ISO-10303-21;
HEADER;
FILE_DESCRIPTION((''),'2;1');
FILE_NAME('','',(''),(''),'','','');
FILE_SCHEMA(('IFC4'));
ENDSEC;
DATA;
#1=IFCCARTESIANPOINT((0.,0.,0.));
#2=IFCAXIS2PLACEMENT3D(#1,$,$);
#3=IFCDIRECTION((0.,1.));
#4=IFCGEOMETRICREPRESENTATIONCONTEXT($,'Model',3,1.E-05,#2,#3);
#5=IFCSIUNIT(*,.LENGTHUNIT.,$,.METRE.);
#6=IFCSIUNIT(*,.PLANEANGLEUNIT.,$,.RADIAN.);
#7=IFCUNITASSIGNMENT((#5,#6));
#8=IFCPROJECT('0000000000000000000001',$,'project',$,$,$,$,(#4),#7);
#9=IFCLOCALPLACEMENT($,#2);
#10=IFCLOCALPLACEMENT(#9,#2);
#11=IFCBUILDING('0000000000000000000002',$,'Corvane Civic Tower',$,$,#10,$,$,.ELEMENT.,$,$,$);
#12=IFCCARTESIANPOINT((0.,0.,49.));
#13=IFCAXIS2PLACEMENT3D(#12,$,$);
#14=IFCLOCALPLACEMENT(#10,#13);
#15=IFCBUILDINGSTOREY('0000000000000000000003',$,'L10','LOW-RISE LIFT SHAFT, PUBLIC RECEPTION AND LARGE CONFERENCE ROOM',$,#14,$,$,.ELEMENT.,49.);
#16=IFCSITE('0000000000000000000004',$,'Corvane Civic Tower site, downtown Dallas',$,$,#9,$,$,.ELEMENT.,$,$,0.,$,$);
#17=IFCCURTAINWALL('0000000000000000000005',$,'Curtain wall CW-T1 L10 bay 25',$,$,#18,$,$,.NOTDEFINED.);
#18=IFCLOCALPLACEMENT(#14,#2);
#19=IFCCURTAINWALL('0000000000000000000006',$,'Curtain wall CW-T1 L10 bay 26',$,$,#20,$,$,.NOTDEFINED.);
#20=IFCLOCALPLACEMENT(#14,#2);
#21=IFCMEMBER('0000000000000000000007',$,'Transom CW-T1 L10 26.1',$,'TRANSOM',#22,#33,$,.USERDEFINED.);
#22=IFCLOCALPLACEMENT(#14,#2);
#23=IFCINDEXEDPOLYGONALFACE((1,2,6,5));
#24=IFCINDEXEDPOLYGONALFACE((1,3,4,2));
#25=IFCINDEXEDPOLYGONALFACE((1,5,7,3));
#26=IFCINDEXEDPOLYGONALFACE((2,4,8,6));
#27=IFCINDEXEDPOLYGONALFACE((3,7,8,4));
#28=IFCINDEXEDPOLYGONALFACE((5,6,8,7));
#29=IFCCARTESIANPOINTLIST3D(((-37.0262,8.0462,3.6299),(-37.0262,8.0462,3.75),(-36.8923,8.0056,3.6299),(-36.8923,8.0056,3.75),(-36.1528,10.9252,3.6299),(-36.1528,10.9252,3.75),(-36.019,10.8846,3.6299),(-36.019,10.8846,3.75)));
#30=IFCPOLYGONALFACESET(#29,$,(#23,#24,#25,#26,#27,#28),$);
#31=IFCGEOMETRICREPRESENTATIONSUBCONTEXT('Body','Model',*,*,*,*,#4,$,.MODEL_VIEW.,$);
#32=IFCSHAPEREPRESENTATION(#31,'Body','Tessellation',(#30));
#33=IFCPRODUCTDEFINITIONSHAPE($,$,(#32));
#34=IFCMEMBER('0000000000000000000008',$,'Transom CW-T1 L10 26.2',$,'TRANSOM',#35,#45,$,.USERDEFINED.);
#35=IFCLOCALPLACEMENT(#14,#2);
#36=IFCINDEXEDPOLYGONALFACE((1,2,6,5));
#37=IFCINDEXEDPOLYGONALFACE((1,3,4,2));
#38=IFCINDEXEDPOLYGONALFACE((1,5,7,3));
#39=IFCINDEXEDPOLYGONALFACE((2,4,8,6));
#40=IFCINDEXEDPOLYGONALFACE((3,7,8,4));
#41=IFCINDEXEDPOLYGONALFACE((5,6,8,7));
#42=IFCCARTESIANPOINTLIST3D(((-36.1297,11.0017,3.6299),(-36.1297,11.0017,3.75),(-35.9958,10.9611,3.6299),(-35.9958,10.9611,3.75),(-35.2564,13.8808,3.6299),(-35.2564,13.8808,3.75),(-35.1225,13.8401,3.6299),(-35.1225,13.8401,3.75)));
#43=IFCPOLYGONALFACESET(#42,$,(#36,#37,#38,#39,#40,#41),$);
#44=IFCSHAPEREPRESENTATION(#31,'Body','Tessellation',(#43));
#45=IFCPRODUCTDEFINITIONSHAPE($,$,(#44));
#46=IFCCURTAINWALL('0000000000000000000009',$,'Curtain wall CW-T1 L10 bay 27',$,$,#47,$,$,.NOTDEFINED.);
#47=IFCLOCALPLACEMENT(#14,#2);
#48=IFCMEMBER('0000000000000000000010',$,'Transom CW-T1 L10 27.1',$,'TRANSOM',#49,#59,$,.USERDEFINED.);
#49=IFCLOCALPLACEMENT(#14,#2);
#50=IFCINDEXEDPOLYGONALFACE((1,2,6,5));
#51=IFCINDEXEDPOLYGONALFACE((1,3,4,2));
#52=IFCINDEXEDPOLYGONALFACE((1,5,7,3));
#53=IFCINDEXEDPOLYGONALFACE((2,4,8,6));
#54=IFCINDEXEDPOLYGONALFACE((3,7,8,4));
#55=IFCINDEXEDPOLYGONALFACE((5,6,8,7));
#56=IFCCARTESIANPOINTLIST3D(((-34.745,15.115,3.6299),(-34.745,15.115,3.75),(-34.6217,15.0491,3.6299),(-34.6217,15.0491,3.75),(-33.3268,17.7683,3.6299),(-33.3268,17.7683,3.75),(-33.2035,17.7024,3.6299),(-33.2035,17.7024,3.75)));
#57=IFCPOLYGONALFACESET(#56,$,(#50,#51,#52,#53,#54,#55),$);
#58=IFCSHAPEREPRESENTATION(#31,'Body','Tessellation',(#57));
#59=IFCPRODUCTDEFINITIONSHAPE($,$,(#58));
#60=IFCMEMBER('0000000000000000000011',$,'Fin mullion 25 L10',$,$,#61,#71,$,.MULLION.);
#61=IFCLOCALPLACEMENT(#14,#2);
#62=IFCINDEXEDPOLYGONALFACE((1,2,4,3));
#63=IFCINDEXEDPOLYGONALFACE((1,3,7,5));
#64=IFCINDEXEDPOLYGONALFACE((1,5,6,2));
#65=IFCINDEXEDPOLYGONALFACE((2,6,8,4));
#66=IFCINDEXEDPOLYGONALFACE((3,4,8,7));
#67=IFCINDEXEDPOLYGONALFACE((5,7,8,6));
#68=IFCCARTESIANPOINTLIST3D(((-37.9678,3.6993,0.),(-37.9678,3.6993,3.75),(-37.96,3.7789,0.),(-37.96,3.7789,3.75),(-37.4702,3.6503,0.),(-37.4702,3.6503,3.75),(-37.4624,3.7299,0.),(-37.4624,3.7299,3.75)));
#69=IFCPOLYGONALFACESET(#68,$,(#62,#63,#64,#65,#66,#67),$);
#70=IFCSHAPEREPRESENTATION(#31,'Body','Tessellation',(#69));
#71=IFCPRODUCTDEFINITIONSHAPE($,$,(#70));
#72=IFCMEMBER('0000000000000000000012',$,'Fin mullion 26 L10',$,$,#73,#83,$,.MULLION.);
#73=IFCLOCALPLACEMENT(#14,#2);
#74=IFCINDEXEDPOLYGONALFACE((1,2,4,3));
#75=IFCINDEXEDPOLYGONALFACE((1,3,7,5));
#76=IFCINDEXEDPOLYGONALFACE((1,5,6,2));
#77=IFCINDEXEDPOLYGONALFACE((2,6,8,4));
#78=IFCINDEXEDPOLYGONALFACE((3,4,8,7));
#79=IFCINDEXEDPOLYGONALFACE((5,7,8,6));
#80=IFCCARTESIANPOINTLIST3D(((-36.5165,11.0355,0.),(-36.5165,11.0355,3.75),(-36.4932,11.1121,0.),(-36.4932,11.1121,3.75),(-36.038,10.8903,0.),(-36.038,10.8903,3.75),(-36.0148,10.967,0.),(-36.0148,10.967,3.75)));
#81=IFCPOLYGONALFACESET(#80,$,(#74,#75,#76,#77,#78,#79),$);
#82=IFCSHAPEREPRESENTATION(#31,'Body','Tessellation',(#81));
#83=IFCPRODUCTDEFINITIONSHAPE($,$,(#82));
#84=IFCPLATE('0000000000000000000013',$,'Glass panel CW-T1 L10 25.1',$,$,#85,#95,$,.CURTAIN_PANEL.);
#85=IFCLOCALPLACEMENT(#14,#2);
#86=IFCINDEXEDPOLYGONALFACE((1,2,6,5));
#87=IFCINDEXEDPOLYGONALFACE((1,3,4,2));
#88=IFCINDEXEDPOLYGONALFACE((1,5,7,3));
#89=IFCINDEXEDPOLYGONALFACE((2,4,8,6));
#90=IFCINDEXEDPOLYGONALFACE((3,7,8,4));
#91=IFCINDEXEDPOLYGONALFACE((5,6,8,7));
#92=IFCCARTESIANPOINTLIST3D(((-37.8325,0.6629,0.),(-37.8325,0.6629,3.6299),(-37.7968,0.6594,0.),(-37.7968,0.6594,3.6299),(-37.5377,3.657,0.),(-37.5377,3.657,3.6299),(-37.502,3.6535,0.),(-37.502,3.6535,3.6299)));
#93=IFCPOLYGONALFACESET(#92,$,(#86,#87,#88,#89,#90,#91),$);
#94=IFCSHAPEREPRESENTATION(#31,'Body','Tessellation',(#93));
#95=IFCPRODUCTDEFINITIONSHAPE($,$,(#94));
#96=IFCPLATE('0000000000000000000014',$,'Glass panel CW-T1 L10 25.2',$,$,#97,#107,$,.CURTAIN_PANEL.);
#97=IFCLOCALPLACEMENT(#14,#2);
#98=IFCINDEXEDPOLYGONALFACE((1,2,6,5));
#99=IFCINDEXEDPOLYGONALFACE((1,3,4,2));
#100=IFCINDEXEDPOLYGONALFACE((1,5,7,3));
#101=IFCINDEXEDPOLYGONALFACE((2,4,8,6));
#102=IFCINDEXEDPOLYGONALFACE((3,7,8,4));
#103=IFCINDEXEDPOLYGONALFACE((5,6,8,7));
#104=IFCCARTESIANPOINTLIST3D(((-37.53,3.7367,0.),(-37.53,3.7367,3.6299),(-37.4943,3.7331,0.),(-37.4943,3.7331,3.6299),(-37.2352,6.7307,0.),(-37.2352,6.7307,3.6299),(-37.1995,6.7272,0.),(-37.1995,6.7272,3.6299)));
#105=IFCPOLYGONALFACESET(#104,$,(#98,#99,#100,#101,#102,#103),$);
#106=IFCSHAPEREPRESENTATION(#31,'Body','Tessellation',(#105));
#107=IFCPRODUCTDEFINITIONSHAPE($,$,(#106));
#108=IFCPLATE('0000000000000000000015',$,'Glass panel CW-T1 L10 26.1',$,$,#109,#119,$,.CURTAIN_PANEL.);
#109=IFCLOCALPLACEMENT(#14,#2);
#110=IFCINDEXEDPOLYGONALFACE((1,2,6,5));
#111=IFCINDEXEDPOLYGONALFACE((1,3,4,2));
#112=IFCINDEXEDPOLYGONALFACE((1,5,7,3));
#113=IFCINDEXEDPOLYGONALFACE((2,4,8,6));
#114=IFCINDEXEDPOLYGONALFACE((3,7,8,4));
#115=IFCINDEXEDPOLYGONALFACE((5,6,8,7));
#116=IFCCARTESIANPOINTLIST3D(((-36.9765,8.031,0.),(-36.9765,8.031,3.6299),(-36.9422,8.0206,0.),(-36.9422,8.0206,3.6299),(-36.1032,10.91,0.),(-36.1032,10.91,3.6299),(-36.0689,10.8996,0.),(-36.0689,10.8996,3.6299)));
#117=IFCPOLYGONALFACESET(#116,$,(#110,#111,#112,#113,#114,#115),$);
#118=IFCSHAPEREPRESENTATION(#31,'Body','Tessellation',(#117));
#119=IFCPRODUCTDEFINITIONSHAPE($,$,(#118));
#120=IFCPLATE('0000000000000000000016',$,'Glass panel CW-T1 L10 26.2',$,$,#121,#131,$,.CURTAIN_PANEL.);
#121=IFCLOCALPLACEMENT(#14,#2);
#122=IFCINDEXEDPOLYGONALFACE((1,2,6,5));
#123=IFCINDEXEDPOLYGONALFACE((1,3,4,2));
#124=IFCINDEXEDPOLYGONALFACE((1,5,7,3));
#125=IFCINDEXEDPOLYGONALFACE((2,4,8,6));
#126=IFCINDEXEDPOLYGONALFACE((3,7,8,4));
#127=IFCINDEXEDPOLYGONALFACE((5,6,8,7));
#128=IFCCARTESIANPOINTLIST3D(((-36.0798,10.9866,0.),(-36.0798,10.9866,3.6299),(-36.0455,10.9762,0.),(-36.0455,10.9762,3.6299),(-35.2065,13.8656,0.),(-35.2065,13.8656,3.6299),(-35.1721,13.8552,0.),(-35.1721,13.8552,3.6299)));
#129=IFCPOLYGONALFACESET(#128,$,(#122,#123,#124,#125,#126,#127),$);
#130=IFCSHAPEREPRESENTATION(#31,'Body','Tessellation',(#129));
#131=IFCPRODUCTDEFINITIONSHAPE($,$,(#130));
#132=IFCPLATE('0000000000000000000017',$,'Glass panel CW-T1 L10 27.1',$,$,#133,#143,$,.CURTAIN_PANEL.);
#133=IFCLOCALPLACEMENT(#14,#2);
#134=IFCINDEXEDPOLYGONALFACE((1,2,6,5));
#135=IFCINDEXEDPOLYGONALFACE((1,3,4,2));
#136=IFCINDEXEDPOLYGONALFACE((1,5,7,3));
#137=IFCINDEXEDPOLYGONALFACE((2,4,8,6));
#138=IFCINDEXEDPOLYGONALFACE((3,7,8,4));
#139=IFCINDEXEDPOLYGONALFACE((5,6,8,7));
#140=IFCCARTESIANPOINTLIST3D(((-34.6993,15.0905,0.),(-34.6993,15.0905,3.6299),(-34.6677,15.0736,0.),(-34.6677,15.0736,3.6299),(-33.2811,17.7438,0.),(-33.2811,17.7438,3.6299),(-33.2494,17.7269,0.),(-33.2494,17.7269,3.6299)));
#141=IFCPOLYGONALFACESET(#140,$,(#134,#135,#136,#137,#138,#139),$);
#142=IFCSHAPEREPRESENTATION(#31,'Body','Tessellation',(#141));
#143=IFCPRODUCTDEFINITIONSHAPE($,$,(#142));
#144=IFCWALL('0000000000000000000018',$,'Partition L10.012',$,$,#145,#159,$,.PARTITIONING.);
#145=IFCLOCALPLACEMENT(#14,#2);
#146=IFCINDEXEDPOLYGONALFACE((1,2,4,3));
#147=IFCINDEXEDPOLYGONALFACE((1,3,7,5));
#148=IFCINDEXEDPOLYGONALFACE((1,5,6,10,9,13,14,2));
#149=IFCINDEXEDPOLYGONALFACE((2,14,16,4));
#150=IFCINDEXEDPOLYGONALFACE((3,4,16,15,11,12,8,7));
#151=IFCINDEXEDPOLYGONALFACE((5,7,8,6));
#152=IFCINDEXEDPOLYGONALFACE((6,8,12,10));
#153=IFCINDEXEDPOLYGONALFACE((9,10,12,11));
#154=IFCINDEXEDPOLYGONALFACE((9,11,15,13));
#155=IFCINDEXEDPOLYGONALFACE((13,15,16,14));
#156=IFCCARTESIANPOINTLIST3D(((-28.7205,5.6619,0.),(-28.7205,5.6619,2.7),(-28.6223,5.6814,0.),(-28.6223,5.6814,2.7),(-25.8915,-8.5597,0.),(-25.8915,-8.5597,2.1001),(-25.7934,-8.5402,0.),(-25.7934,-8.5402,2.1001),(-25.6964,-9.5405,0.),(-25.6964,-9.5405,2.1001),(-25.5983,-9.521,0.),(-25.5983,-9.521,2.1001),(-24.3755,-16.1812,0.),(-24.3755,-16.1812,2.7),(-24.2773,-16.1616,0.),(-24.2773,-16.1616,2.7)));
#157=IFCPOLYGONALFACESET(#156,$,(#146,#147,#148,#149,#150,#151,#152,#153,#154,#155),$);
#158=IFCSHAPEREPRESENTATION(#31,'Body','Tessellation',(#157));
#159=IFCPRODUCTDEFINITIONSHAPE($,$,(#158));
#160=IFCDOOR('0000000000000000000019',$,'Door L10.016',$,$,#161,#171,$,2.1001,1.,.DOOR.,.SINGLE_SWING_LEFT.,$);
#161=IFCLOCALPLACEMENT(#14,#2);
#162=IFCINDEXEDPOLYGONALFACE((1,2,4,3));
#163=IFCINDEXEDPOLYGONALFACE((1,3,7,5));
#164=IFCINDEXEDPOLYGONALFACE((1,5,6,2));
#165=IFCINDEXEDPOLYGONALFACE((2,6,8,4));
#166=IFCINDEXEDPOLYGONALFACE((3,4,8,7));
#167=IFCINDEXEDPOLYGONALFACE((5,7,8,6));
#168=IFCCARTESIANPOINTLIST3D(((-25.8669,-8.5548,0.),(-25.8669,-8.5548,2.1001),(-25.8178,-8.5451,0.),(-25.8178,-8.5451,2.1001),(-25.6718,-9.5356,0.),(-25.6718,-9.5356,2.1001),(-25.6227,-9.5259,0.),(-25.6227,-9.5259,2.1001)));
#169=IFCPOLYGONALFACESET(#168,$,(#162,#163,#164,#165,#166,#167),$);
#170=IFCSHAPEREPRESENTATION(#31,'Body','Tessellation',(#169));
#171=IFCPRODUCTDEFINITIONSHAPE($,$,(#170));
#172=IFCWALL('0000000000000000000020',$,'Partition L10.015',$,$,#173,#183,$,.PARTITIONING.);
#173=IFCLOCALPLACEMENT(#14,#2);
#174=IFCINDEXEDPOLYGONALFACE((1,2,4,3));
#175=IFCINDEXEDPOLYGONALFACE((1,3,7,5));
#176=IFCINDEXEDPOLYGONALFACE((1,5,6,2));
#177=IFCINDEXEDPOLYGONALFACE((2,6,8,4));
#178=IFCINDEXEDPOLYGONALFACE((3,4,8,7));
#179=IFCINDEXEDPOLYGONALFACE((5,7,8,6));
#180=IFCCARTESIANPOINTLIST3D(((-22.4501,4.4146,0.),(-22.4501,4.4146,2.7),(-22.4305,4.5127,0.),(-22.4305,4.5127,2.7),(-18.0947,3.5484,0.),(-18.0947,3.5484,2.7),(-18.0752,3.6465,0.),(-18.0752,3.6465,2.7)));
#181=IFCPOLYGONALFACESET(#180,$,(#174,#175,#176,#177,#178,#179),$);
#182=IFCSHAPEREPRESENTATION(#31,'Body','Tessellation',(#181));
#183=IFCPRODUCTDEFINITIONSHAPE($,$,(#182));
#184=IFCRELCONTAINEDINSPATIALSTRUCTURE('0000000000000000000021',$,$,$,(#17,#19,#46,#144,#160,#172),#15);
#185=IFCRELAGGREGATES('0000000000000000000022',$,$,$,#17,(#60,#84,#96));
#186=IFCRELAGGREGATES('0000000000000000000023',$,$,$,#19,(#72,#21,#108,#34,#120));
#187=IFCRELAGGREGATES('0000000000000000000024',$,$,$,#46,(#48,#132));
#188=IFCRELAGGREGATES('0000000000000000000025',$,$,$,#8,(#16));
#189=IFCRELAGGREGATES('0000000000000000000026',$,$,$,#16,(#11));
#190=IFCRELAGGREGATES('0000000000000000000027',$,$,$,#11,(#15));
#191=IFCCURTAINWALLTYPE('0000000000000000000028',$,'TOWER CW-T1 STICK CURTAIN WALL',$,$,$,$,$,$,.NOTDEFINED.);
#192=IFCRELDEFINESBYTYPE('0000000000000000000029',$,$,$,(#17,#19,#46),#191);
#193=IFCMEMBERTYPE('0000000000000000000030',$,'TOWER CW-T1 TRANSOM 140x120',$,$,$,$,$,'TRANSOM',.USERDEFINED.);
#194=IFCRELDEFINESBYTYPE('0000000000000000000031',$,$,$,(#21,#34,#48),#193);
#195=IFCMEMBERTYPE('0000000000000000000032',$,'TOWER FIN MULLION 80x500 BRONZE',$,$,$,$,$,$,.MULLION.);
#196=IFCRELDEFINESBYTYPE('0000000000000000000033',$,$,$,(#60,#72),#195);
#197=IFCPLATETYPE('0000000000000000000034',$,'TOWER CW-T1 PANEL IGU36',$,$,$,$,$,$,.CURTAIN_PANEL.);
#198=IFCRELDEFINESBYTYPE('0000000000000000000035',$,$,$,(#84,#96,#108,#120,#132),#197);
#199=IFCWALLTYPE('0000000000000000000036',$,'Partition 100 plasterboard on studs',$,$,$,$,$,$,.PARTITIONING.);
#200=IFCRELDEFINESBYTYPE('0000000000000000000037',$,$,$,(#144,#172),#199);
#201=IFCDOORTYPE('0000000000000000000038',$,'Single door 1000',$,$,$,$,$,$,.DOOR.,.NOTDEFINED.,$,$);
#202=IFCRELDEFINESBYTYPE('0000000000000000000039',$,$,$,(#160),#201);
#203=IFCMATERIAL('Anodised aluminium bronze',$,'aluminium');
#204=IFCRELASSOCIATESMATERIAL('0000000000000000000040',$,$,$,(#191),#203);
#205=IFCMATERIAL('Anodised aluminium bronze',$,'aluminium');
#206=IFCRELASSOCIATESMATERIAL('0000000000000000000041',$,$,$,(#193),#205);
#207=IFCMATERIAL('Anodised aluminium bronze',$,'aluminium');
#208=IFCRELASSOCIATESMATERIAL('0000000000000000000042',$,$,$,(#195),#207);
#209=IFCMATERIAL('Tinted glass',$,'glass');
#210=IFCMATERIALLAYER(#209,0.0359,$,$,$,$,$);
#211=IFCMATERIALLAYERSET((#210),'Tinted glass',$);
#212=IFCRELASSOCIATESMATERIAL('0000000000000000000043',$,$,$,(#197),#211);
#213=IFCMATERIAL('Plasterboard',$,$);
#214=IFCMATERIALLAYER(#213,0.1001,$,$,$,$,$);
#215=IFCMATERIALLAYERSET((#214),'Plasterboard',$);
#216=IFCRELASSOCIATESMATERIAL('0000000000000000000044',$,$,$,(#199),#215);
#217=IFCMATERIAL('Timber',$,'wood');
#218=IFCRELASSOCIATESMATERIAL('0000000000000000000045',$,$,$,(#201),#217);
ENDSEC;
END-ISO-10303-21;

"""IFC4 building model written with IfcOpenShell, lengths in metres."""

from ifc_helpers import new_model, si_unit, direction, frame, frame_2d, origin, origin_2d, place, context, subcontext, project, spatial, rectangle, extrude, material, layer, layer_set, material_profile, profile_set, type_object, element, fill, aggregate, save


model = new_model("IFC4")

# Units and contexts
model_context = context("Model", 3, precision=1e-05, world=origin(), true_north=direction((0.0, 1.0)))
body_context = subcontext(model_context, "Body", "Model", "MODEL_VIEW")
ifc_project = project(units=[si_unit("LENGTHUNIT", "METRE"), si_unit("PLANEANGLEUNIT", "RADIAN")], contexts=[model_context])

# Site, building, storey
site_placement = place(None, origin())
site = spatial("IfcSite", under=ifc_project, at=site_placement, Name="Corvane Civic Tower site, downtown Dallas", CompositionType="ELEMENT", RefElevation=0.0)
building_placement = place(site_placement, origin())
building = spatial("IfcBuilding", under=site, at=building_placement, Name="Corvane Civic Tower", CompositionType="ELEMENT")
storey_placement = place(building_placement, frame((0.0, 0.0, 49.0)))
storey = spatial("IfcBuildingStorey", under=building, at=storey_placement, Name="L10", Description="LOW-RISE LIFT SHAFT, PUBLIC RECEPTION AND LARGE CONFERENCE ROOM", CompositionType="ELEMENT", Elevation=49.0)

# Curtain walls, members
ifc_material_1 = material(Name="Anodised aluminium bronze", Category="aluminium")
curtain_wall_type = type_object("IfcCurtainWallType", Name="TOWER CW-T1 STICK CURTAIN WALL", PredefinedType="NOTDEFINED", material=ifc_material_1)
curtain_wall_1_placement = place(storey_placement, origin())
curtain_wall_1 = element("IfcCurtainWall", 1, at=curtain_wall_1_placement, inside=storey, type_object=curtain_wall_type, Name="Curtain wall CW-T1 L10 bay 25", PredefinedType="NOTDEFINED")
ifc_material_2 = material(Name="Anodised aluminium bronze", Category="aluminium")
ifc_material_profile_1 = material_profile(ifc_material_2, rectangle(XDim=0.1399, YDim=0.1201, at=origin_2d()), Name="TOWER CW-T1 TRANSOM 140x120")
ifc_profile_set_1 = profile_set([ifc_material_profile_1], Name="Anodised aluminium bronze")
member_type_1 = type_object("IfcMemberType", Name="TOWER CW-T1 TRANSOM 140x120", ElementType="TRANSOM", PredefinedType="USERDEFINED", material=ifc_profile_set_1)
curtain_wall_2_placement = place(storey_placement, origin())
curtain_wall_2 = element("IfcCurtainWall", 2, at=curtain_wall_2_placement, inside=storey, type_object=curtain_wall_type, Name="Curtain wall CW-T1 L10 bay 26", PredefinedType="NOTDEFINED")
member_1_placement = place(storey_placement, frame((-36.9592, 8.0259, 3.6899), z_axis=(0.29028, 0.956942, 0.0), x_axis=(-0.956942, 0.29028, 0.0)))
member_1 = element("IfcMember", 3, at=member_1_placement, type_object=member_type_1, Name="Transom CW-T1 L10 26.1", ObjectType="TRANSOM", PredefinedType="USERDEFINED", context=body_context, shape_type="SweptSolid", body=[
    extrude(rectangle(XDim=0.1399, YDim=0.1201, at=origin_2d()), origin(), (0.0, 0.0, 1.0), 3.0085),
])
member_2_placement = place(storey_placement, frame((-36.0627, 10.9814, 3.6899), z_axis=(0.29028, 0.956942, 0.0), x_axis=(-0.956942, 0.29028, 0.0)))
member_2 = element("IfcMember", 4, at=member_2_placement, type_object=member_type_1, Name="Transom CW-T1 L10 26.2", ObjectType="TRANSOM", PredefinedType="USERDEFINED", context=body_context, shape_type="SweptSolid", body=[
    extrude(rectangle(XDim=0.1399, YDim=0.1201, at=origin_2d()), origin(), (0.0, 0.0, 1.0), 3.0085),
])

# Curtain wall, member
curtain_wall_3_placement = place(storey_placement, origin())
curtain_wall_3 = element("IfcCurtainWall", 5, at=curtain_wall_3_placement, inside=storey, type_object=curtain_wall_type, Name="Curtain wall CW-T1 L10 bay 27", PredefinedType="NOTDEFINED")
member_3_placement = place(storey_placement, frame((-34.6833, 15.082, 3.6899), z_axis=(0.471393, 0.881924, 0.0), x_axis=(-0.881924, 0.471393, 0.0)))
member_3 = element("IfcMember", 6, at=member_3_placement, type_object=member_type_1, Name="Transom CW-T1 L10 27.1", ObjectType="TRANSOM", PredefinedType="USERDEFINED", context=body_context, shape_type="SweptSolid", body=[
    extrude(rectangle(XDim=0.1399, YDim=0.1201, at=origin_2d()), origin(), (0.0, 0.0, 1.0), 3.0085),
])

# Members
ifc_material_3 = material(Name="Anodised aluminium bronze", Category="aluminium")
ifc_material_profile_2 = material_profile(ifc_material_3, rectangle(XDim=0.0801, YDim=0.5, at=origin_2d()), Name="TOWER FIN MULLION 80x500 BRONZE")
ifc_profile_set_2 = profile_set([ifc_material_profile_2], Name="Anodised aluminium bronze")
member_type_2 = type_object("IfcMemberType", Name="TOWER FIN MULLION 80x500 BRONZE", PredefinedType="MULLION", material=ifc_profile_set_2)
member_4_placement = place(storey_placement, frame((-37.7151, 3.7146, 0.0), z_axis=(0.0, 0.0, 1.0), x_axis=(0.098006, 0.995186, 0.0)))
member_4 = element("IfcMember", 7, at=member_4_placement, type_object=member_type_2, Name="Fin mullion 25 L10", PredefinedType="MULLION", context=body_context, shape_type="SweptSolid", body=[
    extrude(rectangle(XDim=0.0801, YDim=0.5, at=origin_2d()), origin(), (0.0, 0.0, 1.0), 3.75),
])
member_5_placement = place(storey_placement, frame((-36.2656, 11.0012, 0.0), z_axis=(0.0, 0.0, 1.0), x_axis=(0.290278, 0.956942, 0.0)))
member_5 = element("IfcMember", 8, at=member_5_placement, type_object=member_type_2, Name="Fin mullion 26 L10", PredefinedType="MULLION", context=body_context, shape_type="SweptSolid", body=[
    extrude(rectangle(XDim=0.0801, YDim=0.5, at=origin_2d()), origin(), (0.0, 0.0, 1.0), 3.75),
])

# Plates
ifc_material_4 = material(Name="Tinted glass", Category="glass")
ifc_layer_1 = layer(ifc_material_4, 0.0359)
ifc_layer_set_1 = layer_set([ifc_layer_1], Name="Tinted glass")
plate_type = type_object("IfcPlateType", Name="TOWER CW-T1 PANEL IGU36", PredefinedType="CURTAIN_PANEL", material=ifc_layer_set_1)
plate_1_placement = place(storey_placement, frame((-37.6672, 2.1582, 0.0), z_axis=(0.0, 0.0, 1.0), x_axis=(0.098006, 0.995186, 0.0)))
plate_1 = element("IfcPlate", 9, at=plate_1_placement, type_object=plate_type, Name="Glass panel CW-T1 L10 25.1", PredefinedType="CURTAIN_PANEL", context=body_context, shape_type="SweptSolid", body=[
    extrude(rectangle(XDim=3.0085, YDim=0.0359, at=origin_2d()), origin(), (0.0, 0.0, 1.0), 3.6299),
])
plate_2_placement = place(storey_placement, frame((-37.3647, 5.2319, 0.0), z_axis=(0.0, 0.0, 1.0), x_axis=(0.098006, 0.995186, 0.0)))
plate_2 = element("IfcPlate", 10, at=plate_2_placement, type_object=plate_type, Name="Glass panel CW-T1 L10 25.2", PredefinedType="CURTAIN_PANEL", context=body_context, shape_type="SweptSolid", body=[
    extrude(rectangle(XDim=3.0085, YDim=0.0359, at=origin_2d()), origin(), (0.0, 0.0, 1.0), 3.6299),
])
aggregate(curtain_wall_1, [member_4, plate_1, plate_2])
plate_3_placement = place(storey_placement, frame((-36.5227, 9.4653, 0.0), z_axis=(0.0, 0.0, 1.0), x_axis=(0.290278, 0.956942, 0.0)))
plate_3 = element("IfcPlate", 11, at=plate_3_placement, type_object=plate_type, Name="Glass panel CW-T1 L10 26.1", PredefinedType="CURTAIN_PANEL", context=body_context, shape_type="SweptSolid", body=[
    extrude(rectangle(XDim=3.0085, YDim=0.0359, at=origin_2d()), origin(), (0.0, 0.0, 1.0), 3.6299),
])
plate_4_placement = place(storey_placement, frame((-35.626, 12.4209, 0.0), z_axis=(0.0, 0.0, 1.0), x_axis=(0.290278, 0.956942, 0.0)))
plate_4 = element("IfcPlate", 12, at=plate_4_placement, type_object=plate_type, Name="Glass panel CW-T1 L10 26.2", PredefinedType="CURTAIN_PANEL", context=body_context, shape_type="SweptSolid", body=[
    extrude(rectangle(XDim=3.0085, YDim=0.0359, at=origin_2d()), origin(), (0.0, 0.0, 1.0), 3.6299),
])
aggregate(curtain_wall_2, [member_5, member_1, plate_3, member_2, plate_4])
plate_5_placement = place(storey_placement, frame((-33.9744, 16.4087, 0.0), z_axis=(0.0, 0.0, 1.0), x_axis=(0.471404, 0.881918, 0.0)))
plate_5 = element("IfcPlate", 13, at=plate_5_placement, type_object=plate_type, Name="Glass panel CW-T1 L10 27.1", PredefinedType="CURTAIN_PANEL", context=body_context, shape_type="SweptSolid", body=[
    extrude(rectangle(XDim=3.0085, YDim=0.0359, at=origin_2d()), origin(), (0.0, 0.0, 1.0), 3.6299),
])
aggregate(curtain_wall_3, [member_3, plate_5])

# Wall, opening, door
ifc_material_5 = material(Name="Plasterboard")
ifc_layer_2 = layer(ifc_material_5, 0.1001)
ifc_layer_set_2 = layer_set([ifc_layer_2], Name="Plasterboard")
wall_type = type_object("IfcWallType", Name="Partition 100 plasterboard on studs", PredefinedType="PARTITIONING", material=ifc_layer_set_2)
wall_1_placement = place(storey_placement, frame((-28.6714, 5.6716, 0.0), z_axis=(0.0, 0.0, 1.0), x_axis=(0.195096, -0.980784, 0.0)))
wall_1 = element("IfcWall", 14, at=wall_1_placement, inside=storey, type_object=wall_type, Name="Partition L10.012", PredefinedType="PARTITIONING", context=body_context, shape_type="SweptSolid", body=[
    extrude(rectangle(XDim=22.271, YDim=0.1001, at=frame_2d((11.1355, 0.0))), origin(), (0.0, 0.0, 1.0), 2.7),
])
opening_1_placement = place(wall_1_placement, frame((14.5002, 0.0, 0.0)))
opening_1 = element("IfcOpeningElement", 15, at=opening_1_placement, cuts=wall_1, PredefinedType="OPENING", context=body_context, shape_type="SweptSolid", body=[
    extrude(rectangle(XDim=1.0, YDim=2.1001, at=frame_2d((0.5, 1.05))), frame((0.0, 0.0601, 0.0), z_axis=(0.0, -1.0, 0.0), x_axis=(1.0, 0.0, 0.0)), (0.0, 0.0, 1.0), 0.1201),
])
ifc_material_6 = material(Name="Timber", Category="wood")
door_type = type_object("IfcDoorType", Name="Single door 1000", OperationType="NOTDEFINED", PredefinedType="DOOR", material=ifc_material_6)
door_1_placement = place(opening_1_placement, frame((1.0, 0.0, 0.0), z_axis=(0.0, 0.0, 1.0), x_axis=(-1.0, 0.0, 0.0)))
door_1 = element("IfcDoor", 16, at=door_1_placement, inside=storey, type_object=door_type, Name="Door L10.016", OperationType="SINGLE_SWING_LEFT", OverallHeight=2.1001, OverallWidth=1.0, PredefinedType="DOOR", context=body_context, shape_type="SweptSolid", body=[
    extrude(rectangle(XDim=1.0, YDim=2.1001, at=frame_2d((0.5, 1.05))), frame((0.0, 0.0249, 0.0), z_axis=(0.0, -1.0, 0.0), x_axis=(1.0, 0.0, 0.0)), (0.0, 0.0, 1.0), 0.05),
])
fill(opening_1, door_1)

# Wall
wall_2_placement = place(storey_placement, frame((-22.4402, 4.4636, 0.0), z_axis=(0.0, 0.0, 1.0), x_axis=(0.980792, -0.195059, 0.0)))
element("IfcWall", 17, at=wall_2_placement, inside=storey, type_object=wall_type, Name="Partition L10.015", PredefinedType="PARTITIONING", context=body_context, shape_type="SweptSolid", body=[
    extrude(rectangle(XDim=4.4407, YDim=0.1001, at=frame_2d((2.2202, 0.0))), origin(), (0.0, 0.0, 1.0), 2.7),
])

save(model, "model.ifc")
